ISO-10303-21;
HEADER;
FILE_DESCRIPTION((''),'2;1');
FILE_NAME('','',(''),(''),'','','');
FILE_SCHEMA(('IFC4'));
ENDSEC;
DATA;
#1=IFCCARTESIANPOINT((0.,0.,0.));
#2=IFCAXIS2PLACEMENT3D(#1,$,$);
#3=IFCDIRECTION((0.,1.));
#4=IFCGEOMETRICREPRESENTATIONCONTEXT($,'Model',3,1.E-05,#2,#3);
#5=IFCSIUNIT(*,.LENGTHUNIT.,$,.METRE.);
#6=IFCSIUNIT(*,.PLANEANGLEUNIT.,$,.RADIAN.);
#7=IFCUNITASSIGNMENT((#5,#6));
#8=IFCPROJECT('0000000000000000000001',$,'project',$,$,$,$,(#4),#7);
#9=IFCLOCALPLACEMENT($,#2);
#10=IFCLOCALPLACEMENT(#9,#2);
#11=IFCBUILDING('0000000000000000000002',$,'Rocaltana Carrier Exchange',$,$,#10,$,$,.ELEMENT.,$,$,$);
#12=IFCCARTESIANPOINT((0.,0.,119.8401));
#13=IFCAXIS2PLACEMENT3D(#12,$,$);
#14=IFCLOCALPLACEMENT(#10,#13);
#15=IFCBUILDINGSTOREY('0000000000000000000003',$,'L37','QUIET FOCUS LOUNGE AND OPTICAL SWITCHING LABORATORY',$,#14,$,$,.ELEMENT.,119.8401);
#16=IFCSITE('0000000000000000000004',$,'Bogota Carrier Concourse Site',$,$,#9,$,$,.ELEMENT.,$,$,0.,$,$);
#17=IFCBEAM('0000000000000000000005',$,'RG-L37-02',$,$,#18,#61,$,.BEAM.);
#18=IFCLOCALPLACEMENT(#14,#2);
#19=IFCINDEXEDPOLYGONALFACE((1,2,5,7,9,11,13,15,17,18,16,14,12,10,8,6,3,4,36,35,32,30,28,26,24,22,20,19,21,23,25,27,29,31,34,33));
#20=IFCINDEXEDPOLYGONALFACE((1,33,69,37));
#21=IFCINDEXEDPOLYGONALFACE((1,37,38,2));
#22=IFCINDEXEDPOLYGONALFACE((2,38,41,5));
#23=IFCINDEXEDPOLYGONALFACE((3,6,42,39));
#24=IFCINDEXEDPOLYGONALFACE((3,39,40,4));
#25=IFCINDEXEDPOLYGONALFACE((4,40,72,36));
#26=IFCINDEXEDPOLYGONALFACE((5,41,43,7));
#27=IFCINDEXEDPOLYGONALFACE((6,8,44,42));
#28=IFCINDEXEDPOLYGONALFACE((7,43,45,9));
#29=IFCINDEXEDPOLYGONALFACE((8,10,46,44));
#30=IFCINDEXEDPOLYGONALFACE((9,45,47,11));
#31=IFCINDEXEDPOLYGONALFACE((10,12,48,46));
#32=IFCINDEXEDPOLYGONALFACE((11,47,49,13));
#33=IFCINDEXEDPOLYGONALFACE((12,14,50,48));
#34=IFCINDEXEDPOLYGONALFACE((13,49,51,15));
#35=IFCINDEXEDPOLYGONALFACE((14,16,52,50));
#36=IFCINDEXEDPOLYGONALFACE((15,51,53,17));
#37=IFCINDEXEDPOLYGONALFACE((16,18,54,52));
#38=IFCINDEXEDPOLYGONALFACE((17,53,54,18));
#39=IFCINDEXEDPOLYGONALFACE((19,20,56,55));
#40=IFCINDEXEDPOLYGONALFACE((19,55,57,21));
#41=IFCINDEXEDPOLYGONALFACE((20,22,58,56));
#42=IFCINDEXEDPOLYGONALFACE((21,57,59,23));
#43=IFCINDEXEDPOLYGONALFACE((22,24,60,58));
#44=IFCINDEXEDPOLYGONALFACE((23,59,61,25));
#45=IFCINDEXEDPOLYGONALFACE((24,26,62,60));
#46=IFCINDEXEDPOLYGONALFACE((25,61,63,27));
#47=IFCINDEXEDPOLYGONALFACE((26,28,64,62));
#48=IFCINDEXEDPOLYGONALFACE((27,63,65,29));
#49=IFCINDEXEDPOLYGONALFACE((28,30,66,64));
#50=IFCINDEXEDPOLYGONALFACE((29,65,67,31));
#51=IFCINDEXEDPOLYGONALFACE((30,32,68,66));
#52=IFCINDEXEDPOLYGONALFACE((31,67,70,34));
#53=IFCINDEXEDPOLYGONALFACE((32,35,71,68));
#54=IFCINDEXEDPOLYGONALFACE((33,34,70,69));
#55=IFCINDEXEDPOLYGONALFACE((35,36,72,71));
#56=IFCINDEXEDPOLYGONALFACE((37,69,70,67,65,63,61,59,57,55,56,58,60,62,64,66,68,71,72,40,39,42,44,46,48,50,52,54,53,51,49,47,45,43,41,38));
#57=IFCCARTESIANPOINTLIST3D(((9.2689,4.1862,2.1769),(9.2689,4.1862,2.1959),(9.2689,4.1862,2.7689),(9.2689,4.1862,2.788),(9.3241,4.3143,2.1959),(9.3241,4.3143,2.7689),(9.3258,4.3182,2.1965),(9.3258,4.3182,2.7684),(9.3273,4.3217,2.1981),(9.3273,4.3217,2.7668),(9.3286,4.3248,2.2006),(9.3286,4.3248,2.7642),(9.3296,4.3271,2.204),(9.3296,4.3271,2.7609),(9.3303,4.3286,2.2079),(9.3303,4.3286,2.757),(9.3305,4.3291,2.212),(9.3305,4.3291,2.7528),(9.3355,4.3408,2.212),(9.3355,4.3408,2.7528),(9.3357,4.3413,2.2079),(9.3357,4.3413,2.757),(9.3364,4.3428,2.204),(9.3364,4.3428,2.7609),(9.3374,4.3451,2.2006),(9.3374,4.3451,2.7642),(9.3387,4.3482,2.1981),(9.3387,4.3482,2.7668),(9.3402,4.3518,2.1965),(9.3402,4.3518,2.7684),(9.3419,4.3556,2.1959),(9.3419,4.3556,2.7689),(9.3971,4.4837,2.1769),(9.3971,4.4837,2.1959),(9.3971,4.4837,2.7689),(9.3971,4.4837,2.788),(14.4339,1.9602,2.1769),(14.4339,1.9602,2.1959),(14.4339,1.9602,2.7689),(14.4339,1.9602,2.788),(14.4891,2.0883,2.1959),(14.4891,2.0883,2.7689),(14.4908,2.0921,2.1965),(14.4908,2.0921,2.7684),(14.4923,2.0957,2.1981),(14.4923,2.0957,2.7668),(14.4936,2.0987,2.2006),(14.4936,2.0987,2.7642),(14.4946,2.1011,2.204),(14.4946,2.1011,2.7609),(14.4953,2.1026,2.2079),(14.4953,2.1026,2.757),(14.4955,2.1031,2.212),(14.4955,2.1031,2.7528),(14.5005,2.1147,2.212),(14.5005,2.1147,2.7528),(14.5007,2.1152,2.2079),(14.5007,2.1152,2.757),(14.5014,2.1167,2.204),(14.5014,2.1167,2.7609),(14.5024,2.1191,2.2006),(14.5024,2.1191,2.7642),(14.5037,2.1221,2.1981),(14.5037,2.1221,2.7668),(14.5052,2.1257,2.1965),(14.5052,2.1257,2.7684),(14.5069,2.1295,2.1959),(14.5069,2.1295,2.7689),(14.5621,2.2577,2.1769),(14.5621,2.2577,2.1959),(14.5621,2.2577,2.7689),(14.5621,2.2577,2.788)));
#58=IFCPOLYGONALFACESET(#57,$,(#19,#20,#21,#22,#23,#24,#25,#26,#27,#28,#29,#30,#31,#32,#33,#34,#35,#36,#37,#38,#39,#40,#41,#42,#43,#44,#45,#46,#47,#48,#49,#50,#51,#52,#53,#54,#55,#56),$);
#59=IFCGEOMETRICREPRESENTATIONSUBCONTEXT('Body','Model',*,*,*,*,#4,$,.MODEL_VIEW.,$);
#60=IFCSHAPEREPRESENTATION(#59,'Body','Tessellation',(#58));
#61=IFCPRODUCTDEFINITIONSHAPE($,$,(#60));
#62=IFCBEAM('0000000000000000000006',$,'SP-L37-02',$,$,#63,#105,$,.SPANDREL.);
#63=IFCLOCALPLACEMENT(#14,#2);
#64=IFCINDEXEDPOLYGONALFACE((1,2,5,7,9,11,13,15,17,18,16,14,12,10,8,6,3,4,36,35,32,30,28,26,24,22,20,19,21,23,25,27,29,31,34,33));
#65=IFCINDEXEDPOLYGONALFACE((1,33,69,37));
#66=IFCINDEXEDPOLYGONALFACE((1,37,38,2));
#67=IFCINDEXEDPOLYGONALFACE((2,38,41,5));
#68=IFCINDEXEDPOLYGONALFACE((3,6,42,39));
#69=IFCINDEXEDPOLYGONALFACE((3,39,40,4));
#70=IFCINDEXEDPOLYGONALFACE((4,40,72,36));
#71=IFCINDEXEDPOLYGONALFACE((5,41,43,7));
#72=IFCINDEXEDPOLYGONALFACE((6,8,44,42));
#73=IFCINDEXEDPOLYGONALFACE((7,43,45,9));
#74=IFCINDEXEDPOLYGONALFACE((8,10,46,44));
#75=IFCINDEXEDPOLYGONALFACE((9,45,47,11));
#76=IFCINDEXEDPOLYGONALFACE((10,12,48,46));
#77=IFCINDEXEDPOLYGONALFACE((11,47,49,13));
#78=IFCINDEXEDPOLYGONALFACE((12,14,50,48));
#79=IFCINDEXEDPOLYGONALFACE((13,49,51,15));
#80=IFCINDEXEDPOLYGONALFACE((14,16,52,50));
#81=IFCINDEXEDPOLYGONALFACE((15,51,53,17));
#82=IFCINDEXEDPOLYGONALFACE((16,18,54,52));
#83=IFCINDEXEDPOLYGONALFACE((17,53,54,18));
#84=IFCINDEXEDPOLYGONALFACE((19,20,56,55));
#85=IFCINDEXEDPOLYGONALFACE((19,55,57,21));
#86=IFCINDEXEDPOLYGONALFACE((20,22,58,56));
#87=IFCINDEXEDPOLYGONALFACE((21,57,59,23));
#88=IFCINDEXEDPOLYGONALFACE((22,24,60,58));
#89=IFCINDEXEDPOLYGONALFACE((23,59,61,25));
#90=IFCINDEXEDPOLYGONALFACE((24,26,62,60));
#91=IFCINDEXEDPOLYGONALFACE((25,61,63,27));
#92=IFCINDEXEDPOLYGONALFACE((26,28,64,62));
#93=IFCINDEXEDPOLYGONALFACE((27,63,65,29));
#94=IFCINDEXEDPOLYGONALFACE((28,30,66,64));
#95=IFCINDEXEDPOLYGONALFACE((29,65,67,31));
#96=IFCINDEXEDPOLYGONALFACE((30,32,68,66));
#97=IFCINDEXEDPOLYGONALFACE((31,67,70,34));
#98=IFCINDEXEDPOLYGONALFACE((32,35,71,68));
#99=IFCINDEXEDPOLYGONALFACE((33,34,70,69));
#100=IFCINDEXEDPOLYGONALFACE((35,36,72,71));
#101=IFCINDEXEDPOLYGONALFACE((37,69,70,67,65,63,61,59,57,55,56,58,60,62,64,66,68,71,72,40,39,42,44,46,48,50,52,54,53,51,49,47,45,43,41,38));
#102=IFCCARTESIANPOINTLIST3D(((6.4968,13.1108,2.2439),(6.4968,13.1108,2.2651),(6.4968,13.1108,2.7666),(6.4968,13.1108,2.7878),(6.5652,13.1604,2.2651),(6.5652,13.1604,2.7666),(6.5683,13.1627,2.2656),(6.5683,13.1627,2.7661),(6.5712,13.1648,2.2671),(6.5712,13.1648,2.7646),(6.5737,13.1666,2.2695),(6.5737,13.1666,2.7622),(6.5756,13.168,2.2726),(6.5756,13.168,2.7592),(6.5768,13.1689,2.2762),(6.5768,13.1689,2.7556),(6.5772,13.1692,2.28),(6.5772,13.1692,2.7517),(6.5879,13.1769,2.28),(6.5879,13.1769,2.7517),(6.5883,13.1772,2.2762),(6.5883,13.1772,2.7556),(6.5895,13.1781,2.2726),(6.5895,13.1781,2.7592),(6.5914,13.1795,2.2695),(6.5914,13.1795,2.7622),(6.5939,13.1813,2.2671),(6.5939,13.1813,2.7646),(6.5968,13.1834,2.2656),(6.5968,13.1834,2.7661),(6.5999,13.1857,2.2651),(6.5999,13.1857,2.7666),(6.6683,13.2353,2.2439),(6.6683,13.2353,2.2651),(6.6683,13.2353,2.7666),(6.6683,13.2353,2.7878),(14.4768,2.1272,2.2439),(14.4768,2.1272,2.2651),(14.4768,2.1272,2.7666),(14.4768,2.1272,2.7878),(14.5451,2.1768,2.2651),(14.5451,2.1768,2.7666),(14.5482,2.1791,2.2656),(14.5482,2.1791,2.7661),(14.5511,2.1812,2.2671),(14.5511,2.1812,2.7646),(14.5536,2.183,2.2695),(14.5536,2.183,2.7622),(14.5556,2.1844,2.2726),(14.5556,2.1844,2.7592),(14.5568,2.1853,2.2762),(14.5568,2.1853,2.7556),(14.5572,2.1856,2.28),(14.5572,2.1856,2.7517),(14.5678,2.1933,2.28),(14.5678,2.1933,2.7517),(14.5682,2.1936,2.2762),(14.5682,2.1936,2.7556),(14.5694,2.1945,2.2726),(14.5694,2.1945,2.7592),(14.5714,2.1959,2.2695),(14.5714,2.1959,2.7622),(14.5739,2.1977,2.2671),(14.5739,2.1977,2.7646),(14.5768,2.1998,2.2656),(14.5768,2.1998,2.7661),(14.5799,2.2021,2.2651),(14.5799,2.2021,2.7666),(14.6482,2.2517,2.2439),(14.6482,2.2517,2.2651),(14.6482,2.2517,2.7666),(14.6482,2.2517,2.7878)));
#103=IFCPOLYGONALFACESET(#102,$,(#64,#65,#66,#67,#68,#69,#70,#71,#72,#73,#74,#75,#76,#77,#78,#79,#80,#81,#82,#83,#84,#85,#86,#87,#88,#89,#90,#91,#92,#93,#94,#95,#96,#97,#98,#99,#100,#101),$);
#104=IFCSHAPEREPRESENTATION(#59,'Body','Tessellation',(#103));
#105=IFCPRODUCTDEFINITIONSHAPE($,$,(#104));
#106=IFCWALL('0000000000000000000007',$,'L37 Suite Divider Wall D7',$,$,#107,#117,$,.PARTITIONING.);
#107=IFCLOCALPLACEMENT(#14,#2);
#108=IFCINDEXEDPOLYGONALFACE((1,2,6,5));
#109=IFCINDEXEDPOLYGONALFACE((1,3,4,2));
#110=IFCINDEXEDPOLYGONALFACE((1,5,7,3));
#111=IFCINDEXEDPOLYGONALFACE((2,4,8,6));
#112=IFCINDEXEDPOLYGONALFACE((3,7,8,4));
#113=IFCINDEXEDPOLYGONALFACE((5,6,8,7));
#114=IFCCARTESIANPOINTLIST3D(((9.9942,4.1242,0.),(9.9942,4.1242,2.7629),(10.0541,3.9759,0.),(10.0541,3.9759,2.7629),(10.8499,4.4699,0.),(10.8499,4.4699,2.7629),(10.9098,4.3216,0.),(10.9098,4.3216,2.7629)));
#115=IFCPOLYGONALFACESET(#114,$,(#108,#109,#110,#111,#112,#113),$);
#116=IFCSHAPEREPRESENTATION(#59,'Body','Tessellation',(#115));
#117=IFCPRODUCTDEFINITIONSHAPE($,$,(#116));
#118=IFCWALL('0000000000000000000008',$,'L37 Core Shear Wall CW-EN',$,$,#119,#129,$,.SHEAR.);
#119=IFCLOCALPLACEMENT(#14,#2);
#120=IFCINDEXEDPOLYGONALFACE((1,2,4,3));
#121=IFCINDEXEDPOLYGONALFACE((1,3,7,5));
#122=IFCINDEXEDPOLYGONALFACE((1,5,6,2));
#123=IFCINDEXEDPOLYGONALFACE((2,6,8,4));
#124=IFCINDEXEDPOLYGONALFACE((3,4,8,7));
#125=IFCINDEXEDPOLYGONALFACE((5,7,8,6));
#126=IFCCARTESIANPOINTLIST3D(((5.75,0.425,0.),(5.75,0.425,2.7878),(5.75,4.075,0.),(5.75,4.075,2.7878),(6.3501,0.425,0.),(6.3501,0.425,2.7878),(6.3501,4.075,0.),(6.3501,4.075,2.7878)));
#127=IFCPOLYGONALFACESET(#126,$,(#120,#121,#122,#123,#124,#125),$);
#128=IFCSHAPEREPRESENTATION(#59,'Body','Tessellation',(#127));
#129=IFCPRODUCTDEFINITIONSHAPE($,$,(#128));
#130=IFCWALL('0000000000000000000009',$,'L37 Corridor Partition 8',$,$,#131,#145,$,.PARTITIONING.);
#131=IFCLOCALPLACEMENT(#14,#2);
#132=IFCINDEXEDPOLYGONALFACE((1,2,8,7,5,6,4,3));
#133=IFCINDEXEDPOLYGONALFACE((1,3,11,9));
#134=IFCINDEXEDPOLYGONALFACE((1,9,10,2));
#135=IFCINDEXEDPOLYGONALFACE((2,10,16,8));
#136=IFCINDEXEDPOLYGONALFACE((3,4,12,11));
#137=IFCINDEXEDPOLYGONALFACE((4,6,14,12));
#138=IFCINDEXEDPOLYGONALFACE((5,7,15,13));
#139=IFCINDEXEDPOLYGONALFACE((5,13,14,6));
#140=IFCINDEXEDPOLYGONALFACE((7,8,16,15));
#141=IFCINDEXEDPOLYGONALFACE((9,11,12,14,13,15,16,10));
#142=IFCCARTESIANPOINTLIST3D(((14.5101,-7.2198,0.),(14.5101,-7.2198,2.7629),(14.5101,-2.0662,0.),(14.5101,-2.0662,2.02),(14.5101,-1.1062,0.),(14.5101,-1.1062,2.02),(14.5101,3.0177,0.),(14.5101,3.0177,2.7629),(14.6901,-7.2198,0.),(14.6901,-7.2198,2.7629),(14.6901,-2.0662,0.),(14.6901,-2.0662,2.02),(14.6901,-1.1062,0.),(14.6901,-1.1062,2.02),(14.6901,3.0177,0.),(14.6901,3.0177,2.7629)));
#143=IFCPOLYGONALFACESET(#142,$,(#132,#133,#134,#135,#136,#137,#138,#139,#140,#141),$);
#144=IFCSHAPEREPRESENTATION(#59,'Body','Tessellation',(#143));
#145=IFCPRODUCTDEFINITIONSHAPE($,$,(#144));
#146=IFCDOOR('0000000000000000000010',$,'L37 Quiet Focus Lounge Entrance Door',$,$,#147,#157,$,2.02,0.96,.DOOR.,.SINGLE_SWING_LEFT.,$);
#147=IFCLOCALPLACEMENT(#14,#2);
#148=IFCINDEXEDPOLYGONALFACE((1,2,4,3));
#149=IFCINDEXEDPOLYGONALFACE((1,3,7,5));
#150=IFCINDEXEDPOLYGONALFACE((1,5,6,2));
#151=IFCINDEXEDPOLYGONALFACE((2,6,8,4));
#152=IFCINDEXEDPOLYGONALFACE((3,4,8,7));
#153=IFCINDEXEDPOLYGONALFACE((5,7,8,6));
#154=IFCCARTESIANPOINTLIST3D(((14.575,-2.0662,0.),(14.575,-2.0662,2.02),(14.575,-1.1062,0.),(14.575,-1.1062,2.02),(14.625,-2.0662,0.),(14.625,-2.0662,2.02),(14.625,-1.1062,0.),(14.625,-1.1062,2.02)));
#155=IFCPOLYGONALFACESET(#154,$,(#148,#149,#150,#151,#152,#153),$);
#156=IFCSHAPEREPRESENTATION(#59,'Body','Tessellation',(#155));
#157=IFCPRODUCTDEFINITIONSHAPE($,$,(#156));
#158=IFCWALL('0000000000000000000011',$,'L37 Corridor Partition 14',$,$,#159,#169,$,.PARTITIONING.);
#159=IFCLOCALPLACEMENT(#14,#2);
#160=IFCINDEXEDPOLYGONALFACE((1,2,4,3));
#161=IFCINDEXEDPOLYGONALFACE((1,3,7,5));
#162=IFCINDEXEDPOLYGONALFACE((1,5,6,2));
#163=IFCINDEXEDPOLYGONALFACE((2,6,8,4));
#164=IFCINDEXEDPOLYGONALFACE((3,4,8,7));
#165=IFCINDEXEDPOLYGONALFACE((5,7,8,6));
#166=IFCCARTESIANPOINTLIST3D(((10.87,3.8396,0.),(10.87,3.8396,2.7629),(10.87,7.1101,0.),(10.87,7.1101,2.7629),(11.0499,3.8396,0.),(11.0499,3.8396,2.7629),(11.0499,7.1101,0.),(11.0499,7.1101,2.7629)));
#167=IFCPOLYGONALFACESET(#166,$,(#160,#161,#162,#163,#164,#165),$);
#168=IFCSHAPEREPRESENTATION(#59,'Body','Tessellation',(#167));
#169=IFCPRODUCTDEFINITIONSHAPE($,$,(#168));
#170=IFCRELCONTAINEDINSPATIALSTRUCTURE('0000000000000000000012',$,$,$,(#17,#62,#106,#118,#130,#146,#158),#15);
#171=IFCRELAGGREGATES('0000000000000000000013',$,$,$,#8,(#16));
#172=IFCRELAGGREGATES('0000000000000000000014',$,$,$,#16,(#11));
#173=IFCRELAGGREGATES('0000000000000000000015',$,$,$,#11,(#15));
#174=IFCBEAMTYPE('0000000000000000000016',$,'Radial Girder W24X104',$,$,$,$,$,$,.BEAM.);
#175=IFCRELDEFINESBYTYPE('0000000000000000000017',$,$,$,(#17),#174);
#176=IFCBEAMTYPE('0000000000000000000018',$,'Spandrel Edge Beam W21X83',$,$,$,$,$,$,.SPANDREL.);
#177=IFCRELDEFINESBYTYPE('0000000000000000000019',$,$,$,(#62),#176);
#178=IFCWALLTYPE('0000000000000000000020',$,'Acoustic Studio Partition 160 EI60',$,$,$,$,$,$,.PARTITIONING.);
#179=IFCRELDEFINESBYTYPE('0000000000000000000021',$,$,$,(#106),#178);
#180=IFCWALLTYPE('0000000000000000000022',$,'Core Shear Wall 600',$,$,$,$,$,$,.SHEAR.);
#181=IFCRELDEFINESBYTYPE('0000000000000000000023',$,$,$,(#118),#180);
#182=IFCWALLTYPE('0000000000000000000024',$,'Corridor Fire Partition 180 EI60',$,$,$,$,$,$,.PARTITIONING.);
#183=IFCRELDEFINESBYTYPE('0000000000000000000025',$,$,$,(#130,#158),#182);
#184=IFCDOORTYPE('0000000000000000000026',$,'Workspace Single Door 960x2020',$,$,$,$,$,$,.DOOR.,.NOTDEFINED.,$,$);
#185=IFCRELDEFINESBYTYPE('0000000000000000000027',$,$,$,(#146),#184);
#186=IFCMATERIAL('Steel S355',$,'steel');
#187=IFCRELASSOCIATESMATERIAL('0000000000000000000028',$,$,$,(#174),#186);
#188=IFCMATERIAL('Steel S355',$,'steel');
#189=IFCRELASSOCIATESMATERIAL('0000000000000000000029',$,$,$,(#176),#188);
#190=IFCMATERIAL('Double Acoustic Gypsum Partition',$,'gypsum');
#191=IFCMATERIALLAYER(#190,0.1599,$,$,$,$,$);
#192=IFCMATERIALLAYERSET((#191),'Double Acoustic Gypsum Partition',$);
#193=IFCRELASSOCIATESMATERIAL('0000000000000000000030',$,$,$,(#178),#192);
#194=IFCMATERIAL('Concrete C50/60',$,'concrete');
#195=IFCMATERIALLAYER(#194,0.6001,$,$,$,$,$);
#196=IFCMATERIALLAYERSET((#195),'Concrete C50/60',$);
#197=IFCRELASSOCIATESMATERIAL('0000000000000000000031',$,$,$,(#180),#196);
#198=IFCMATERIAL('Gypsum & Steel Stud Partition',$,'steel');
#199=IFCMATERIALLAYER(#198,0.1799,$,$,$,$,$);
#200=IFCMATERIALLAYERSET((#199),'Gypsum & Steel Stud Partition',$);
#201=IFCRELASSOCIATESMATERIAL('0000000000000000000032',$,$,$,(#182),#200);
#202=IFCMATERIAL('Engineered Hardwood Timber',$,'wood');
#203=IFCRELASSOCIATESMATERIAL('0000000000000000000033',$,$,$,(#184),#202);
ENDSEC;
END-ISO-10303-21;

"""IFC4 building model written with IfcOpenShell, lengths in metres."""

from ifc_helpers import new_model, si_unit, direction, frame, frame_2d, origin, origin_2d, place, context, subcontext, project, spatial, rectangle, i_section, extrude, material, layer, layer_set, material_profile, profile_set, type_object, element, fill, save


model = new_model("IFC4")

# Units and contexts
model_context = context("Model", 3, precision=1e-05, world=origin(), true_north=direction((0.0, 1.0)))
body_context = subcontext(model_context, "Body", "Model", "MODEL_VIEW")
ifc_project = project(units=[si_unit("LENGTHUNIT", "METRE"), si_unit("PLANEANGLEUNIT", "RADIAN")], contexts=[model_context])

# Site, building, storey
site_placement = place(None, origin())
site = spatial("IfcSite", under=ifc_project, at=site_placement, Name="Bogota Carrier Concourse Site", CompositionType="ELEMENT", RefElevation=0.0)
building_placement = place(site_placement, origin())
building = spatial("IfcBuilding", under=site, at=building_placement, Name="Rocaltana Carrier Exchange", CompositionType="ELEMENT")
storey_placement = place(building_placement, frame((0.0, 0.0, 119.8401)))
storey = spatial("IfcBuildingStorey", under=building, at=storey_placement, Name="L37", Description="QUIET FOCUS LOUNGE AND OPTICAL SWITCHING LABORATORY", CompositionType="ELEMENT", Elevation=119.8401)

# Beams
ifc_material_1 = material(Name="Steel S355", Category="steel")
ifc_material_profile_1 = material_profile(ifc_material_1, i_section(OverallWidth=0.324, OverallDepth=0.6111, WebThickness=0.0127, FlangeThickness=0.019, FilletRadius=0.0161, at=origin_2d()), Name="W24X104")
ifc_profile_set_1 = profile_set([ifc_material_profile_1], Name="Steel S355")
beam_type_1 = type_object("IfcBeamType", Name="Radial Girder W24X104", PredefinedType="BEAM", material=ifc_profile_set_1)
beam_1_placement = place(storey_placement, frame((9.333, 4.335, 2.4824), z_axis=(0.918339, -0.395794, 0.0), x_axis=(0.395794, 0.918339, 0.0)))
element("IfcBeam", 1, at=beam_1_placement, inside=storey, type_object=beam_type_1, Name="RG-L37-02", PredefinedType="BEAM", context=body_context, shape_type="SweptSolid", body=[
    extrude(i_section(OverallWidth=0.324, OverallDepth=0.6111, WebThickness=0.0127, FlangeThickness=0.019, FilletRadius=0.0161, at=origin_2d()), origin(), (0.0, 0.0, 1.0), 5.6243),
])
ifc_material_2 = material(Name="Steel S355", Category="steel")
ifc_material_profile_2 = material_profile(ifc_material_2, i_section(OverallWidth=0.2119, OverallDepth=0.5439, WebThickness=0.0132, FlangeThickness=0.0212, FilletRadius=0.0149, at=origin_2d()), Name="W21X83")
ifc_profile_set_2 = profile_set([ifc_material_profile_2], Name="Steel S355")
beam_type_2 = type_object("IfcBeamType", Name="Spandrel Edge Beam W21X83", PredefinedType="SPANDREL", material=ifc_profile_set_2)
beam_2_placement = place(storey_placement, frame((14.5625, 2.1895, 2.5159), z_axis=(-0.58778, 0.809021, 0.0), x_axis=(-0.809021, -0.58778, 0.0)))
element("IfcBeam", 2, at=beam_2_placement, inside=storey, type_object=beam_type_2, Name="SP-L37-02", PredefinedType="SPANDREL", context=body_context, shape_type="SweptSolid", body=[
    extrude(i_section(OverallWidth=0.2119, OverallDepth=0.5439, WebThickness=0.0132, FlangeThickness=0.0212, FilletRadius=0.0149, at=origin_2d()), origin(), (0.0, 0.0, 1.0), 13.5764),
])

# Walls
ifc_material_3 = material(Name="Double Acoustic Gypsum Partition", Category="gypsum")
ifc_layer_1 = layer(ifc_material_3, 0.1599)
ifc_layer_set_1 = layer_set([ifc_layer_1], Name="Double Acoustic Gypsum Partition")
wall_type_1 = type_object("IfcWallType", Name="Acoustic Studio Partition 160 EI60", PredefinedType="PARTITIONING", material=ifc_layer_set_1)
wall_1_placement = place(storey_placement, frame((10.0242, 4.05, 0.0), z_axis=(0.0, 0.0, 1.0), x_axis=(0.927194, 0.374581, 0.0)))
element("IfcWall", 3, at=wall_1_placement, inside=storey, type_object=wall_type_1, Name="L37 Suite Divider Wall D7", PredefinedType="PARTITIONING", context=body_context, shape_type="SweptSolid", body=[
    extrude(rectangle(XDim=0.9229, YDim=0.1599, at=frame_2d((0.4614, 0.0))), origin(), (0.0, 0.0, 1.0), 2.7629),
])
ifc_material_4 = material(Name="Concrete C50/60", Category="concrete")
ifc_layer_2 = layer(ifc_material_4, 0.6001)
ifc_layer_set_2 = layer_set([ifc_layer_2], Name="Concrete C50/60")
wall_type_2 = type_object("IfcWallType", Name="Core Shear Wall 600", PredefinedType="SHEAR", material=ifc_layer_set_2)
wall_2_placement = place(storey_placement, frame((6.05, 0.425, 0.0), z_axis=(0.0, 0.0, 1.0), x_axis=(0.0, 1.0, 0.0)))
element("IfcWall", 4, at=wall_2_placement, inside=storey, type_object=wall_type_2, Name="L37 Core Shear Wall CW-EN", PredefinedType="SHEAR", context=body_context, shape_type="SweptSolid", body=[
    extrude(rectangle(XDim=3.6499, YDim=0.6001, at=frame_2d((1.825, 0.0))), origin(), (0.0, 0.0, 1.0), 2.7878),
])

# Wall, opening, door
ifc_material_5 = material(Name="Gypsum & Steel Stud Partition", Category="steel")
ifc_layer_3 = layer(ifc_material_5, 0.1799)
ifc_layer_set_3 = layer_set([ifc_layer_3], Name="Gypsum & Steel Stud Partition")
wall_type_3 = type_object("IfcWallType", Name="Corridor Fire Partition 180 EI60", PredefinedType="PARTITIONING", material=ifc_layer_set_3)
wall_3_placement = place(storey_placement, frame((14.6001, 3.0176, 0.0), z_axis=(0.0, 0.0, 1.0), x_axis=(0.0, -1.0, 0.0)))
wall_3 = element("IfcWall", 5, at=wall_3_placement, inside=storey, type_object=wall_type_3, Name="L37 Corridor Partition 8", PredefinedType="PARTITIONING", context=body_context, shape_type="SweptSolid", body=[
    extrude(rectangle(XDim=10.2375, YDim=0.1799, at=frame_2d((5.1187, 0.0))), origin(), (0.0, 0.0, 1.0), 2.7629),
])
opening_placement = place(wall_3_placement, frame((4.1238, 0.0, 0.0)))
opening = element("IfcOpeningElement", 6, at=opening_placement, cuts=wall_3, PredefinedType="OPENING", context=body_context, shape_type="SweptSolid", body=[
    extrude(rectangle(XDim=0.96, YDim=2.02, at=frame_2d((0.48, 1.01))), frame((0.0, 0.0999, 0.0), z_axis=(0.0, -1.0, 0.0), x_axis=(1.0, 0.0, 0.0)), (0.0, 0.0, 1.0), 0.2),
])
ifc_material_6 = material(Name="Engineered Hardwood Timber", Category="wood")
door_type = type_object("IfcDoorType", Name="Workspace Single Door 960x2020", OperationType="NOTDEFINED", PredefinedType="DOOR", material=ifc_material_6)
door_placement = place(opening_placement, origin())
door = element("IfcDoor", 7, at=door_placement, inside=storey, type_object=door_type, Name="L37 Quiet Focus Lounge Entrance Door", OperationType="SINGLE_SWING_LEFT", OverallHeight=2.02, OverallWidth=0.96, PredefinedType="DOOR", context=body_context, shape_type="SweptSolid", body=[
    extrude(rectangle(XDim=0.96, YDim=2.02, at=frame_2d((0.48, 1.01))), frame((0.0, 0.0249, 0.0), z_axis=(0.0, -1.0, 0.0), x_axis=(1.0, 0.0, 0.0)), (0.0, 0.0, 1.0), 0.05),
])
fill(opening, door)

# Wall
wall_4_placement = place(storey_placement, frame((10.96, 3.8396, 0.0), z_axis=(0.0, 0.0, 1.0), x_axis=(0.0, 1.0, 0.0)))
element("IfcWall", 8, at=wall_4_placement, inside=storey, type_object=wall_type_3, Name="L37 Corridor Partition 14", PredefinedType="PARTITIONING", context=body_context, shape_type="SweptSolid", body=[
    extrude(rectangle(XDim=3.2705, YDim=0.1799, at=frame_2d((1.6353, 0.0))), origin(), (0.0, 0.0, 1.0), 2.7629),
])

save(model, "model.ifc")
